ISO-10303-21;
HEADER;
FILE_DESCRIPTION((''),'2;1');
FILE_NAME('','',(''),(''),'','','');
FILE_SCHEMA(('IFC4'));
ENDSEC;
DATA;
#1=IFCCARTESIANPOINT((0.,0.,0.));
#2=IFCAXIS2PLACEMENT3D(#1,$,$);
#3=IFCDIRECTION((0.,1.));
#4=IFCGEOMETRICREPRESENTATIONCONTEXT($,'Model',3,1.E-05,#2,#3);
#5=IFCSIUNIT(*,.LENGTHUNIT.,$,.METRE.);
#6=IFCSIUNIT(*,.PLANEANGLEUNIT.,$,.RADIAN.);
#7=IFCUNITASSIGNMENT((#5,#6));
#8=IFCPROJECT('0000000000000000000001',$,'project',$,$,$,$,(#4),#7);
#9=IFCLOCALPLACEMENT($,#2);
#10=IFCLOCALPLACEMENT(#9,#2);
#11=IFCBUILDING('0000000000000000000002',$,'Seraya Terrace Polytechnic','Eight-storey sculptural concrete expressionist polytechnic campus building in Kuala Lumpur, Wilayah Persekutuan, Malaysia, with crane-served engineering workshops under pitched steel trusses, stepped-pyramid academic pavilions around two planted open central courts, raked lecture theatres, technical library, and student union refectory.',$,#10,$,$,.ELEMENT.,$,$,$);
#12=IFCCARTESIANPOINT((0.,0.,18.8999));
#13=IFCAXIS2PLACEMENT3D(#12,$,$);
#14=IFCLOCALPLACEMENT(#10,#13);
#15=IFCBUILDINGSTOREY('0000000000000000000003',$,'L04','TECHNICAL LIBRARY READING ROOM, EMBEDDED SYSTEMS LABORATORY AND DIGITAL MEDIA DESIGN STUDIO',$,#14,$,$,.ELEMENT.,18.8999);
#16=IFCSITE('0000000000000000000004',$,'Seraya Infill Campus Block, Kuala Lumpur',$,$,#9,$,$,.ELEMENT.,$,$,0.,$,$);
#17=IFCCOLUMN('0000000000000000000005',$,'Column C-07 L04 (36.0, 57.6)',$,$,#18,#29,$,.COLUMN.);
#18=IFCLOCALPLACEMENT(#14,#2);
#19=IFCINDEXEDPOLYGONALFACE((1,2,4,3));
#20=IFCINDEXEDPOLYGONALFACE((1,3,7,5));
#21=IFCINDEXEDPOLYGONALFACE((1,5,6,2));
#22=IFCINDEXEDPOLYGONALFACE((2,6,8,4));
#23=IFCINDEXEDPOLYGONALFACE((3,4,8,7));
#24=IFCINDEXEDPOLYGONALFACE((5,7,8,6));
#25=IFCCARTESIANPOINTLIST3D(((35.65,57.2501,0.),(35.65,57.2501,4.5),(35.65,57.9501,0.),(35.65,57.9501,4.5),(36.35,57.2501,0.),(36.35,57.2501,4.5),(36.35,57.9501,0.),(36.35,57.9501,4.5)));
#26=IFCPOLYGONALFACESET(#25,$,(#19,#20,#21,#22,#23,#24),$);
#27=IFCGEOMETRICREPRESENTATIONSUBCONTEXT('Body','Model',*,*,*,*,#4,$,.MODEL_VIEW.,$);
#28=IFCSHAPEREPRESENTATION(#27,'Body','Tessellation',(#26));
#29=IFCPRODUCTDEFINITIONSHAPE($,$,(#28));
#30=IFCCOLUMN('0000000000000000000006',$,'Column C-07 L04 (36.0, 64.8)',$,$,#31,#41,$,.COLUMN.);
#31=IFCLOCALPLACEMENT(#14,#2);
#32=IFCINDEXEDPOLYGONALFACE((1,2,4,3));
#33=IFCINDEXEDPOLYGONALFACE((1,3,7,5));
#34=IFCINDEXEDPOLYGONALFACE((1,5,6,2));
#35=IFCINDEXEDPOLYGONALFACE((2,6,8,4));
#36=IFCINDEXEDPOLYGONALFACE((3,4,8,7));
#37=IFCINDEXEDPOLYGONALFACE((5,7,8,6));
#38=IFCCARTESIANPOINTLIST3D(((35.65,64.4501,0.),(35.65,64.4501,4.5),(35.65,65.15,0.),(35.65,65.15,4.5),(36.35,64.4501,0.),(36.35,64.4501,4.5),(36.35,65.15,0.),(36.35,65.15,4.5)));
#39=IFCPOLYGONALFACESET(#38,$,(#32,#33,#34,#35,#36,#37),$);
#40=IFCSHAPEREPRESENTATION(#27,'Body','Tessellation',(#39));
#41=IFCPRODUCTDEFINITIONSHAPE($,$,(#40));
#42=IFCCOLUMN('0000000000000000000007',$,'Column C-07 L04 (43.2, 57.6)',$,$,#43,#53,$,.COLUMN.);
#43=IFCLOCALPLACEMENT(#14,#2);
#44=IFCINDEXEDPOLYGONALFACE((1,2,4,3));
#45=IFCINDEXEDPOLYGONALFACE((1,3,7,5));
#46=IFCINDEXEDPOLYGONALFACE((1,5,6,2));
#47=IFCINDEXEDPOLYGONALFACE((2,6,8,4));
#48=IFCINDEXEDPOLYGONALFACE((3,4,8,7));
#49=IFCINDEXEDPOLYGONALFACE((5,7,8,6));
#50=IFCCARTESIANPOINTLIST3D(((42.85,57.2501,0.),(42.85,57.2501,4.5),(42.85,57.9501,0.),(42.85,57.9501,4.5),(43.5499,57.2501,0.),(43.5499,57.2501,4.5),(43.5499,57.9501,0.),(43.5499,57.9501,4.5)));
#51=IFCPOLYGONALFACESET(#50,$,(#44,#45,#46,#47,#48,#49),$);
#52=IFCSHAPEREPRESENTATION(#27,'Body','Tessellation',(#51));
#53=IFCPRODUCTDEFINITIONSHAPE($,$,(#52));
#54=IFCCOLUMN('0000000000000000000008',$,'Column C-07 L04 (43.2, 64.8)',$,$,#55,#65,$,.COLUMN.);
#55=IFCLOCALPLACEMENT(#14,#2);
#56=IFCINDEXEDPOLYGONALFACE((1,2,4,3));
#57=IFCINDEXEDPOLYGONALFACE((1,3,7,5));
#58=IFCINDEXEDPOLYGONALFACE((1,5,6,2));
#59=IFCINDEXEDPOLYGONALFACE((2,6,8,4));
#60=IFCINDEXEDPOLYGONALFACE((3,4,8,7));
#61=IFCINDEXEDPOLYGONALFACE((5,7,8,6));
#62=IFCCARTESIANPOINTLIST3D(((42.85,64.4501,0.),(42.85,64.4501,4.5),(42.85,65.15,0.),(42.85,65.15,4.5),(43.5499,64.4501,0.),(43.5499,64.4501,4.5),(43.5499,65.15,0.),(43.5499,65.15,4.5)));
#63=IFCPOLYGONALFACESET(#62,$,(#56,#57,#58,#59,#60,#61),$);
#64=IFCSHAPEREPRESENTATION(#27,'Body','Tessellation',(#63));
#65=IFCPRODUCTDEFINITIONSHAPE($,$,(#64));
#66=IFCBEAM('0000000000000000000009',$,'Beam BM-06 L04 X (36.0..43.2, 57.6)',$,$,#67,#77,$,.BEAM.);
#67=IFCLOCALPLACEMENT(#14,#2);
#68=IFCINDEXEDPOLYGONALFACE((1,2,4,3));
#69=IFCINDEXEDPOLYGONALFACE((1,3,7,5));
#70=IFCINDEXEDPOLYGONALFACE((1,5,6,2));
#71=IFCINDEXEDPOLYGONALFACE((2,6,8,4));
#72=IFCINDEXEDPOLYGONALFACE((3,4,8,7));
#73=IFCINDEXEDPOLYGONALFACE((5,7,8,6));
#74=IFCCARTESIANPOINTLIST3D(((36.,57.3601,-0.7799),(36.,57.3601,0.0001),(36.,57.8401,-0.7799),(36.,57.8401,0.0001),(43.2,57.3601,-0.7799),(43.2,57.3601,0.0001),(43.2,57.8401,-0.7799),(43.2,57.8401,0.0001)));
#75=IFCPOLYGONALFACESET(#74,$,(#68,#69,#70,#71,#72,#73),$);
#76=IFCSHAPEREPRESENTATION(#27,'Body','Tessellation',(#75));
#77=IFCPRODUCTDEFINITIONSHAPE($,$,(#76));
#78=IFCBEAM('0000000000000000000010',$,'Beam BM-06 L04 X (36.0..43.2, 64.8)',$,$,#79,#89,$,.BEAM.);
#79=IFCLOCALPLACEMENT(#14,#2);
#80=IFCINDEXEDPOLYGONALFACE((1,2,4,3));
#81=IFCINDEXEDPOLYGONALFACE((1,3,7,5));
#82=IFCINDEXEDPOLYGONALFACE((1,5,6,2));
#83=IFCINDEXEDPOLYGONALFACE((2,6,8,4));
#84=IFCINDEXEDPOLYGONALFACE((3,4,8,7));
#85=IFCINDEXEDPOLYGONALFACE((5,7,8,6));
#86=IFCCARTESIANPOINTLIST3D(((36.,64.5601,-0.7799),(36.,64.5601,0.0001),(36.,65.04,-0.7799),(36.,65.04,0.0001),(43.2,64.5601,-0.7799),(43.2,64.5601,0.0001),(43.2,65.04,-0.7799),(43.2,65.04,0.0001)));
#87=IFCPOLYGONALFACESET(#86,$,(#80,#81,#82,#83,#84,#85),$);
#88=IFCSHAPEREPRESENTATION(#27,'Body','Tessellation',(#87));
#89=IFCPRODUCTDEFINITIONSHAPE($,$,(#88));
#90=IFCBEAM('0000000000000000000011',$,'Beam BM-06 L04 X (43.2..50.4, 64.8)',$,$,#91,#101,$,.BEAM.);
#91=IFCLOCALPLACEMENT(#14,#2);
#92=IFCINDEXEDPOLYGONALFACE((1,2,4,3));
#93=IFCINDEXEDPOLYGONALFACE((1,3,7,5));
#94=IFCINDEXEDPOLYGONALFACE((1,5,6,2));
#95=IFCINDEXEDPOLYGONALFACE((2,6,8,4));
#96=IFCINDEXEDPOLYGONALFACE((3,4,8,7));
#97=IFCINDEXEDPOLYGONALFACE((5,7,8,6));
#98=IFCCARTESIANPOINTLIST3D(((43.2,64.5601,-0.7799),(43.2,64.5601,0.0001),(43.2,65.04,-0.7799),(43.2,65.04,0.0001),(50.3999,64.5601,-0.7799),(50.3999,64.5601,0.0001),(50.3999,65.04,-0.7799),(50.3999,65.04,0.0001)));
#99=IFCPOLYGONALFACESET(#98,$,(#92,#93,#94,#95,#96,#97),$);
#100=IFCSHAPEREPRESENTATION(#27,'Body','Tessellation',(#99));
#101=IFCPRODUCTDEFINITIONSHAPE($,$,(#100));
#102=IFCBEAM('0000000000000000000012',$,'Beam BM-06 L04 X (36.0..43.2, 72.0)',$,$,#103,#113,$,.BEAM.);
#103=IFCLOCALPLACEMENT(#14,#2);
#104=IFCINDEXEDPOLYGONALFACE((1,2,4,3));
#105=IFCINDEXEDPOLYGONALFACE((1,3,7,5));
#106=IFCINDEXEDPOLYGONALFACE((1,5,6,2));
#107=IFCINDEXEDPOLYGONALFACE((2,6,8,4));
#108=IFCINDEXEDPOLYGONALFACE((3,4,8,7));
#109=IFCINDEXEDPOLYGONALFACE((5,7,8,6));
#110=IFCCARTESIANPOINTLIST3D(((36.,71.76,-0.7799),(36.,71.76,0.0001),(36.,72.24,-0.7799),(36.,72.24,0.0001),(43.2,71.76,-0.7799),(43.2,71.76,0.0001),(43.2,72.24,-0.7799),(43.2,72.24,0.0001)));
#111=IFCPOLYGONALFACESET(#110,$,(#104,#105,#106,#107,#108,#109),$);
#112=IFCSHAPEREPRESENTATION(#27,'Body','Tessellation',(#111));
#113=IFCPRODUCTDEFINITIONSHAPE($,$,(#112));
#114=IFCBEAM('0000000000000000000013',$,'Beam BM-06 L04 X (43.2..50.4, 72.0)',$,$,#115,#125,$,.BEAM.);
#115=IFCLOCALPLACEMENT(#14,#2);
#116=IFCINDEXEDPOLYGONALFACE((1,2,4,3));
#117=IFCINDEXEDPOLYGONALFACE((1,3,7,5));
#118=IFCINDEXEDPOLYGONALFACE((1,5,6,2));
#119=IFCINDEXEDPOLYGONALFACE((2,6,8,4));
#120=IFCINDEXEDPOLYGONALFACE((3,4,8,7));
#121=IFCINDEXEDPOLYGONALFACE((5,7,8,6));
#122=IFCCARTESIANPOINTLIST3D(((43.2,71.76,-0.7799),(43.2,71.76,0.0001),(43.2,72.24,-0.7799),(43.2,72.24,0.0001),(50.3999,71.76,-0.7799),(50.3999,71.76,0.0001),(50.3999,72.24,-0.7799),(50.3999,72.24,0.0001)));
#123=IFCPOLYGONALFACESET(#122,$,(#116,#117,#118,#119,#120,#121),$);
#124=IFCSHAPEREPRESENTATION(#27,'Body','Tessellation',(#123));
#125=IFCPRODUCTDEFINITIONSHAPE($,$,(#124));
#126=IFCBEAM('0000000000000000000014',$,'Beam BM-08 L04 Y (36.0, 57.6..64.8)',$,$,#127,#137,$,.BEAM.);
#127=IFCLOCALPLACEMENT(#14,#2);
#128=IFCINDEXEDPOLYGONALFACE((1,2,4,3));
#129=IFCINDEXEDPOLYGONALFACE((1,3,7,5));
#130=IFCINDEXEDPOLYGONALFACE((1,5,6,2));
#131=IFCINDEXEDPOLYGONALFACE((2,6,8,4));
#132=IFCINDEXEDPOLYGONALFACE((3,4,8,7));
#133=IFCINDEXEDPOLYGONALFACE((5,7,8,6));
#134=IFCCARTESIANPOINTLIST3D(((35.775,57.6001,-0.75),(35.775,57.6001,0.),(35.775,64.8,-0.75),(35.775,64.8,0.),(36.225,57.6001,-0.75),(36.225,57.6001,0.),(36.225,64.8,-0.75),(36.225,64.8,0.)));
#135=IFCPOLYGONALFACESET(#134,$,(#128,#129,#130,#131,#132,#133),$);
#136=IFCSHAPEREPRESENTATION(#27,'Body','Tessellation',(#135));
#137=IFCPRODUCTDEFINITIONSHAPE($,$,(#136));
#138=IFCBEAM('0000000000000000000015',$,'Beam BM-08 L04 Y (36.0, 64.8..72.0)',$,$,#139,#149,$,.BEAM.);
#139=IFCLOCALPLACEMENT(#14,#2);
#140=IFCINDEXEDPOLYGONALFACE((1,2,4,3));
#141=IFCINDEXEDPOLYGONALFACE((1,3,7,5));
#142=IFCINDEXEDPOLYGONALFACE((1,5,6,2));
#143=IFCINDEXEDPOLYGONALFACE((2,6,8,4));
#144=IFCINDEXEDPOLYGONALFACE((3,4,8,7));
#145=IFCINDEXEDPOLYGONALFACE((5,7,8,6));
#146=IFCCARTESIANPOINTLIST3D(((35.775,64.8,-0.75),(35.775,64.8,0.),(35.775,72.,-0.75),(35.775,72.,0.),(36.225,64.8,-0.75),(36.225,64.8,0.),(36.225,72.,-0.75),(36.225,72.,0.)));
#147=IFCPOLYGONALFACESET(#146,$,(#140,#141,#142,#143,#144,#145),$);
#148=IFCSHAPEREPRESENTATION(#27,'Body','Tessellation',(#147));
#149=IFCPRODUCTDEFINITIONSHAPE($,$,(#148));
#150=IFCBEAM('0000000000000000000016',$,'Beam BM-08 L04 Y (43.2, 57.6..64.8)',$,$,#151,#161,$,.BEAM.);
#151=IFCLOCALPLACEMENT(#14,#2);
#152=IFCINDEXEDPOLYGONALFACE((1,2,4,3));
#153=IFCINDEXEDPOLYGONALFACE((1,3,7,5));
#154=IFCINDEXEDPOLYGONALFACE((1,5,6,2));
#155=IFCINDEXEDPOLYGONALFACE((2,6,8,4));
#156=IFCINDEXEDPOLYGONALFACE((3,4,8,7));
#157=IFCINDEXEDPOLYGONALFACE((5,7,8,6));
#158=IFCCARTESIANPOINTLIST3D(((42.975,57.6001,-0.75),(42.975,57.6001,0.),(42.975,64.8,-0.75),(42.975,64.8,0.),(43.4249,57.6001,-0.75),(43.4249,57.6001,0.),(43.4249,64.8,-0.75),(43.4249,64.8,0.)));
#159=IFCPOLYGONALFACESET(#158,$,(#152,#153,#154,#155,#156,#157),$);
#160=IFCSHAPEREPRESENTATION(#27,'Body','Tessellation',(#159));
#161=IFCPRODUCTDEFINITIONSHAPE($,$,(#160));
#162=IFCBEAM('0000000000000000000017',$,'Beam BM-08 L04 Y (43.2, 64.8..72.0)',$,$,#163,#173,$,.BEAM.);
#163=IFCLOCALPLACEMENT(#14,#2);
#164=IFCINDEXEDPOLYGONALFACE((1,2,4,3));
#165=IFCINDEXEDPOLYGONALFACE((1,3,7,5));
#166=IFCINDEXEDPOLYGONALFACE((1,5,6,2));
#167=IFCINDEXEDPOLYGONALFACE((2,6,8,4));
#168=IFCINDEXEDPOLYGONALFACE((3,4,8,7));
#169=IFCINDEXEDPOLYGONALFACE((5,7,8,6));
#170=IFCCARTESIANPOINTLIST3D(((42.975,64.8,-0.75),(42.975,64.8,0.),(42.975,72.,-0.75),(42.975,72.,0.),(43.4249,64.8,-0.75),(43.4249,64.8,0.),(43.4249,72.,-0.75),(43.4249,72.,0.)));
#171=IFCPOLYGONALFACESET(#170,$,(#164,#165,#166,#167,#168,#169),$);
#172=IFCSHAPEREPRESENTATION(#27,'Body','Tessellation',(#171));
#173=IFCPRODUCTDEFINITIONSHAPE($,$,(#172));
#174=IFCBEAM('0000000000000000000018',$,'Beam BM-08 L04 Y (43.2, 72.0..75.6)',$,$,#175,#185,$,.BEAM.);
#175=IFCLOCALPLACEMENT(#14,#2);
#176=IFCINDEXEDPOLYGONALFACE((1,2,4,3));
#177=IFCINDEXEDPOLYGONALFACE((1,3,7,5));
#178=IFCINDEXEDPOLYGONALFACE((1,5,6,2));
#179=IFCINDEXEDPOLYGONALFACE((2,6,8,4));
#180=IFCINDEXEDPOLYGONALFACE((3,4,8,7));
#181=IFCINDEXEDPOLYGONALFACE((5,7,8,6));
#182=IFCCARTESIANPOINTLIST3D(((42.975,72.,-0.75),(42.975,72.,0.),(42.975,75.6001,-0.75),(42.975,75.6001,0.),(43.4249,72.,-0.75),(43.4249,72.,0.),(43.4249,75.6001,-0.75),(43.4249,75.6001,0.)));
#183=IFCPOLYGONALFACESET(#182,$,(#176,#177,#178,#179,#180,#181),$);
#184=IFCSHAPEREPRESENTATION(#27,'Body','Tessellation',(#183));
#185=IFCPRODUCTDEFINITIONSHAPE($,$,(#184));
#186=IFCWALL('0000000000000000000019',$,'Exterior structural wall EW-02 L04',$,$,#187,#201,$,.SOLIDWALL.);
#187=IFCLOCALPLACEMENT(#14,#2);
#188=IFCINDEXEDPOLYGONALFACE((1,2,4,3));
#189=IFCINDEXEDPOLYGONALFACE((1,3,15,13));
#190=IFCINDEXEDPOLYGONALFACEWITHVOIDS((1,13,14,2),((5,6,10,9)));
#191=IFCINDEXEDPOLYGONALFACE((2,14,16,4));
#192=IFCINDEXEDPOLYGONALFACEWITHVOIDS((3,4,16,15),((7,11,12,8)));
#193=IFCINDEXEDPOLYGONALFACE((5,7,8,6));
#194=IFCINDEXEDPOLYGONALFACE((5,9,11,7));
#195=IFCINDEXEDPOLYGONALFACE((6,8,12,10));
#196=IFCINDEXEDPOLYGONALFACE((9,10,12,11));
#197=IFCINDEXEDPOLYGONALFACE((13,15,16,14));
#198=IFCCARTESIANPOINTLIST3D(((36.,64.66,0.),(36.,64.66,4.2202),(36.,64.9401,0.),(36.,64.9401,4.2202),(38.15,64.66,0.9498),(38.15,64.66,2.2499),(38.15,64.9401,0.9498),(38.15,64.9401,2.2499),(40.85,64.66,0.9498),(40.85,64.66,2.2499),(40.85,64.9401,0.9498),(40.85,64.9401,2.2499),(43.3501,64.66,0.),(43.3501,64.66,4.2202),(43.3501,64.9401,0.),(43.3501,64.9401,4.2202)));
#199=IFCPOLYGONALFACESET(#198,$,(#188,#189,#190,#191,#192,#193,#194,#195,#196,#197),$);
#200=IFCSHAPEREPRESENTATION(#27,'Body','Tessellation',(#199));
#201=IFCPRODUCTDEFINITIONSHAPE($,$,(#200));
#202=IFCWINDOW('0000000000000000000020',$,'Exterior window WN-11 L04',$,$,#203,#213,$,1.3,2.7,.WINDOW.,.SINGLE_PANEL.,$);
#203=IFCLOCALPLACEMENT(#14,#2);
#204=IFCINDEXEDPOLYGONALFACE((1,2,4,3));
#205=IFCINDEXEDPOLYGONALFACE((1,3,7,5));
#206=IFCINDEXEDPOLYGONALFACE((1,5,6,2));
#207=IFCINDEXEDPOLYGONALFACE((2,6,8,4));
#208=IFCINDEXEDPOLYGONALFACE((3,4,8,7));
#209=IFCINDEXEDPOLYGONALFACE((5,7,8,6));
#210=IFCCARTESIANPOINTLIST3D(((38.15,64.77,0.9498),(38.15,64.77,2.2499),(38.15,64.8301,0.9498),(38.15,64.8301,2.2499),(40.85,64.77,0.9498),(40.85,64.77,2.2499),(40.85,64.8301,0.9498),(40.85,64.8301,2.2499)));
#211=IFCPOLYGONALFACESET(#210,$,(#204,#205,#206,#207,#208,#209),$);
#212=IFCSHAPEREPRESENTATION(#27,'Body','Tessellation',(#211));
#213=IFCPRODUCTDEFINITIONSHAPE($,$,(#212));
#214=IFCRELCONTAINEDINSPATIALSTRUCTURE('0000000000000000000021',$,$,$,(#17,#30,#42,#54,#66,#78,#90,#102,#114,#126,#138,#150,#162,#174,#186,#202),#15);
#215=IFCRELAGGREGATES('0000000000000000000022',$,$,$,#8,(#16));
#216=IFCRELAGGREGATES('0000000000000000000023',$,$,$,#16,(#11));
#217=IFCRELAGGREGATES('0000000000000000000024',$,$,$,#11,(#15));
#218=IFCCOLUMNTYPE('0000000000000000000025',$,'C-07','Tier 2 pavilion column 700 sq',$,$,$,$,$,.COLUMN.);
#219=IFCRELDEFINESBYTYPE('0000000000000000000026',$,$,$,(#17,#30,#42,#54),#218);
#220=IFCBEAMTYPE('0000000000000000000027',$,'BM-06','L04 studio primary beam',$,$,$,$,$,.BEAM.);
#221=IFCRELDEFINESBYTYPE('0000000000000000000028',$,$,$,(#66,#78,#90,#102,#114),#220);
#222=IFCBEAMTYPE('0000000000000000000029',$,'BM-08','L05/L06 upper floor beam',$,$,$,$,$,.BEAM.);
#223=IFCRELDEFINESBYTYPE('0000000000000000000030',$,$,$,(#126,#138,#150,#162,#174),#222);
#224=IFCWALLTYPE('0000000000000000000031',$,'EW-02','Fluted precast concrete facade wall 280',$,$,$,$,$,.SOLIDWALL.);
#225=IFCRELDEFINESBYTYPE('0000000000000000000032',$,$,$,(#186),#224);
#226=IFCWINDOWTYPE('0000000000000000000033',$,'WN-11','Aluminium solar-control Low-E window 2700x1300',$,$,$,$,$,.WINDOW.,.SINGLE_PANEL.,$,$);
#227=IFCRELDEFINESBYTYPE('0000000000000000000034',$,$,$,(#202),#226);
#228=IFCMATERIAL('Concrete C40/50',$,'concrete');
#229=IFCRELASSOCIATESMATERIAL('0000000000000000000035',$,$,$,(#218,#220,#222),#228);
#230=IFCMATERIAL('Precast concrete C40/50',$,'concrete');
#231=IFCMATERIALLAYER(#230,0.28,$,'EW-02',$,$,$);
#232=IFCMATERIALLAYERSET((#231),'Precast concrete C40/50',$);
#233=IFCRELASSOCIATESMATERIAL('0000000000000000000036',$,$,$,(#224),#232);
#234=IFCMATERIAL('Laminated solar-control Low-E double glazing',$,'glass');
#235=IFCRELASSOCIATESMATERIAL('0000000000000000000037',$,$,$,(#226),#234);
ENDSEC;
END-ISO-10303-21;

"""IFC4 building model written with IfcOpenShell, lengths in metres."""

from ifc_helpers import new_model, si_unit, direction, frame, frame_2d, origin, origin_2d, place, context, subcontext, project, spatial, rectangle, extrude, material, layer, layer_set, material_profile, profile_set, type_object, element, fill, save


model = new_model("IFC4")

# Units and contexts
model_context = context("Model", 3, precision=1e-05, world=origin(), true_north=direction((0.0, 1.0)))
body_context = subcontext(model_context, "Body", "Model", "MODEL_VIEW")
ifc_project = project(units=[si_unit("LENGTHUNIT", "METRE"), si_unit("PLANEANGLEUNIT", "RADIAN")], contexts=[model_context])

# Site, building, storey
site_placement = place(None, origin())
site = spatial("IfcSite", under=ifc_project, at=site_placement, Name="Seraya Infill Campus Block, Kuala Lumpur", CompositionType="ELEMENT", RefElevation=0.0)
building_placement = place(site_placement, origin())
building = spatial("IfcBuilding", under=site, at=building_placement, Name="Seraya Terrace Polytechnic", Description="Eight-storey sculptural concrete expressionist polytechnic campus building in Kuala Lumpur, Wilayah Persekutuan, Malaysia, with crane-served engineering workshops under pitched steel trusses, stepped-pyramid academic pavilions around two planted open central courts, raked lecture theatres, technical library, and student union refectory.", CompositionType="ELEMENT")
storey_placement = place(building_placement, frame((0.0, 0.0, 18.8999)))
storey = spatial("IfcBuildingStorey", under=building, at=storey_placement, Name="L04", Description="TECHNICAL LIBRARY READING ROOM, EMBEDDED SYSTEMS LABORATORY AND DIGITAL MEDIA DESIGN STUDIO", CompositionType="ELEMENT", Elevation=18.8999)

# Columns
ifc_material_1 = material(Name="Concrete C40/50", Category="concrete")
ifc_material_profile_1 = material_profile(ifc_material_1, rectangle(XDim=0.7, YDim=0.7, at=origin_2d()), Name="RC 700x700")
ifc_profile_set_1 = profile_set([ifc_material_profile_1], Name="Concrete C40/50")
column_type = type_object("IfcColumnType", Name="C-07", Description="Tier 2 pavilion column 700 sq", PredefinedType="COLUMN", material=ifc_profile_set_1)
for number, where, z_axis, x_axis, name in (
    (1, (36.0, 57.6001, 0.0), (0.0, 0.0, 1.0), (1.0, 0.0, 0.0), "Column C-07 L04 (36.0, 57.6)"),
    (2, (36.0, 64.8, 0.0), (0.0, 0.0, 1.0), (1.0, 0.0, 0.0), "Column C-07 L04 (36.0, 64.8)"),
    (3, (43.2, 57.6001, 0.0), (0.0, 0.0, 1.0), (1.0, 0.0, 0.0), "Column C-07 L04 (43.2, 57.6)"),
    (4, (43.2, 64.8, 0.0), (0.0, 0.0, 1.0), (1.0, 0.0, 0.0), "Column C-07 L04 (43.2, 64.8)"),
):
    element("IfcColumn", number, at=place(storey_placement, frame(where, z_axis=z_axis, x_axis=x_axis)), inside=storey, type_object=column_type, Name=name, PredefinedType="COLUMN", context=body_context, shape_type="SweptSolid", body=[
        extrude(rectangle(XDim=0.7, YDim=0.7, at=origin_2d()), origin(), (0.0, 0.0, 1.0), 4.5),
    ])

# Beams
ifc_material_profile_2 = material_profile(ifc_material_1, rectangle(XDim=0.48, YDim=0.78, at=origin_2d()), Name="RC 480x780")
ifc_profile_set_2 = profile_set([ifc_material_profile_2], Name="Concrete C40/50")
beam_type_1 = type_object("IfcBeamType", Name="BM-06", Description="L04 studio primary beam", PredefinedType="BEAM", material=ifc_profile_set_2)
for number, where, z_axis, x_axis, name in (
    (5, (36.0, 57.6001, -0.3899), (1.0, 0.0, 0.0), (0.0, 1.0, 0.0), "Beam BM-06 L04 X (36.0..43.2, 57.6)"),
    (6, (36.0, 64.8, -0.3899), (1.0, 0.0, 0.0), (0.0, 1.0, 0.0), "Beam BM-06 L04 X (36.0..43.2, 64.8)"),
    (7, (43.2, 64.8, -0.3899), (1.0, 0.0, 0.0), (0.0, 1.0, 0.0), "Beam BM-06 L04 X (43.2..50.4, 64.8)"),
    (8, (36.0, 72.0, -0.3899), (1.0, 0.0, 0.0), (0.0, 1.0, 0.0), "Beam BM-06 L04 X (36.0..43.2, 72.0)"),
    (9, (43.2, 72.0, -0.3899), (1.0, 0.0, 0.0), (0.0, 1.0, 0.0), "Beam BM-06 L04 X (43.2..50.4, 72.0)"),
):
    element("IfcBeam", number, at=place(storey_placement, frame(where, z_axis=z_axis, x_axis=x_axis)), inside=storey, type_object=beam_type_1, Name=name, PredefinedType="BEAM", context=body_context, shape_type="SweptSolid", body=[
        extrude(rectangle(XDim=0.48, YDim=0.78, at=origin_2d()), origin(), (0.0, 0.0, 1.0), 7.2),
    ])
ifc_material_profile_3 = material_profile(ifc_material_1, rectangle(XDim=0.45, YDim=0.75, at=origin_2d()), Name="RC 450x750")
ifc_profile_set_3 = profile_set([ifc_material_profile_3], Name="Concrete C40/50")
beam_type_2 = type_object("IfcBeamType", Name="BM-08", Description="L05/L06 upper floor beam", PredefinedType="BEAM", material=ifc_profile_set_3)
for number, where, z_axis, x_axis, name in (
    (10, (36.0, 57.6001, -0.375), (0.0, 1.0, 0.0), (-1.0, 0.0, 0.0), "Beam BM-08 L04 Y (36.0, 57.6..64.8)"),
    (11, (36.0, 64.8, -0.375), (0.0, 1.0, 0.0), (-1.0, 0.0, 0.0), "Beam BM-08 L04 Y (36.0, 64.8..72.0)"),
    (12, (43.2, 57.6001, -0.375), (0.0, 1.0, 0.0), (-1.0, 0.0, 0.0), "Beam BM-08 L04 Y (43.2, 57.6..64.8)"),
    (13, (43.2, 64.8, -0.375), (0.0, 1.0, 0.0), (-1.0, 0.0, 0.0), "Beam BM-08 L04 Y (43.2, 64.8..72.0)"),
):
    element("IfcBeam", number, at=place(storey_placement, frame(where, z_axis=z_axis, x_axis=x_axis)), inside=storey, type_object=beam_type_2, Name=name, PredefinedType="BEAM", context=body_context, shape_type="SweptSolid", body=[
        extrude(rectangle(XDim=0.45, YDim=0.75, at=origin_2d()), origin(), (0.0, 0.0, 1.0), 7.2),
    ])
beam_placement = place(storey_placement, frame((43.2, 72.0, -0.375), z_axis=(0.0, 1.0, 0.0), x_axis=(-1.0, 0.0, 0.0)))
element("IfcBeam", 14, at=beam_placement, inside=storey, type_object=beam_type_2, Name="Beam BM-08 L04 Y (43.2, 72.0..75.6)", PredefinedType="BEAM", context=body_context, shape_type="SweptSolid", body=[
    extrude(rectangle(XDim=0.45, YDim=0.75, at=origin_2d()), origin(), (0.0, 0.0, 1.0), 3.6001),
])

# Wall, opening, window
ifc_material_2 = material(Name="Precast concrete C40/50", Category="concrete")
ifc_layer_1 = layer(ifc_material_2, 0.28, Name="EW-02")
ifc_layer_set_1 = layer_set([ifc_layer_1], Name="Precast concrete C40/50")
wall_type_1 = type_object("IfcWallType", Name="EW-02", Description="Fluted precast concrete facade wall 280", PredefinedType="SOLIDWALL", material=ifc_layer_set_1)
wall_1_placement = place(storey_placement, frame((36.0, 64.8, 0.0), z_axis=(0.0, 0.0, 1.0), x_axis=(1.0, 0.0, 0.0)))
wall_1 = element("IfcWall", 15, at=wall_1_placement, inside=storey, type_object=wall_type_1, Name="Exterior structural wall EW-02 L04", PredefinedType="SOLIDWALL", context=body_context, shape_type="SweptSolid", body=[
    extrude(rectangle(XDim=7.3501, YDim=0.28, at=frame_2d((3.675, 0.0))), origin(), (0.0, 0.0, 1.0), 4.2202),
])
opening_1_placement = place(wall_1_placement, frame((2.1499, 0.0, 0.95)))
opening_1 = element("IfcOpeningElement", 16, at=opening_1_placement, cuts=wall_1, PredefinedType="OPENING", context=body_context, shape_type="SweptSolid", body=[
    extrude(rectangle(XDim=2.7, YDim=1.3, at=frame_2d((1.3501, 0.6499))), frame((0.0, 0.1519, 0.0), z_axis=(0.0, -1.0, 0.0), x_axis=(1.0, 0.0, 0.0)), (0.0, 0.0, 1.0), 0.304),
])
ifc_material_3 = material(Name="Laminated solar-control Low-E double glazing", Category="glass")
window_type_1 = type_object("IfcWindowType", Name="WN-11", Description="Aluminium solar-control Low-E window 2700x1300", PartitioningType="SINGLE_PANEL", PredefinedType="WINDOW", material=ifc_material_3)
window_1_placement = place(opening_1_placement, origin())
window_1 = element("IfcWindow", 17, at=window_1_placement, inside=storey, type_object=window_type_1, Name="Exterior window WN-11 L04", OverallHeight=1.3, OverallWidth=2.7, PartitioningType="SINGLE_PANEL", PredefinedType="WINDOW", context=body_context, shape_type="SweptSolid", body=[
    extrude(rectangle(XDim=2.7, YDim=1.3, at=frame_2d((1.3501, 0.6499))), frame((0.0, 0.03, 0.0), z_axis=(0.0, -1.0, 0.0), x_axis=(1.0, 0.0, 0.0)), (0.0, 0.0, 1.0), 0.0601),
])
fill(opening_1, window_1)

save(model, "model.ifc")
